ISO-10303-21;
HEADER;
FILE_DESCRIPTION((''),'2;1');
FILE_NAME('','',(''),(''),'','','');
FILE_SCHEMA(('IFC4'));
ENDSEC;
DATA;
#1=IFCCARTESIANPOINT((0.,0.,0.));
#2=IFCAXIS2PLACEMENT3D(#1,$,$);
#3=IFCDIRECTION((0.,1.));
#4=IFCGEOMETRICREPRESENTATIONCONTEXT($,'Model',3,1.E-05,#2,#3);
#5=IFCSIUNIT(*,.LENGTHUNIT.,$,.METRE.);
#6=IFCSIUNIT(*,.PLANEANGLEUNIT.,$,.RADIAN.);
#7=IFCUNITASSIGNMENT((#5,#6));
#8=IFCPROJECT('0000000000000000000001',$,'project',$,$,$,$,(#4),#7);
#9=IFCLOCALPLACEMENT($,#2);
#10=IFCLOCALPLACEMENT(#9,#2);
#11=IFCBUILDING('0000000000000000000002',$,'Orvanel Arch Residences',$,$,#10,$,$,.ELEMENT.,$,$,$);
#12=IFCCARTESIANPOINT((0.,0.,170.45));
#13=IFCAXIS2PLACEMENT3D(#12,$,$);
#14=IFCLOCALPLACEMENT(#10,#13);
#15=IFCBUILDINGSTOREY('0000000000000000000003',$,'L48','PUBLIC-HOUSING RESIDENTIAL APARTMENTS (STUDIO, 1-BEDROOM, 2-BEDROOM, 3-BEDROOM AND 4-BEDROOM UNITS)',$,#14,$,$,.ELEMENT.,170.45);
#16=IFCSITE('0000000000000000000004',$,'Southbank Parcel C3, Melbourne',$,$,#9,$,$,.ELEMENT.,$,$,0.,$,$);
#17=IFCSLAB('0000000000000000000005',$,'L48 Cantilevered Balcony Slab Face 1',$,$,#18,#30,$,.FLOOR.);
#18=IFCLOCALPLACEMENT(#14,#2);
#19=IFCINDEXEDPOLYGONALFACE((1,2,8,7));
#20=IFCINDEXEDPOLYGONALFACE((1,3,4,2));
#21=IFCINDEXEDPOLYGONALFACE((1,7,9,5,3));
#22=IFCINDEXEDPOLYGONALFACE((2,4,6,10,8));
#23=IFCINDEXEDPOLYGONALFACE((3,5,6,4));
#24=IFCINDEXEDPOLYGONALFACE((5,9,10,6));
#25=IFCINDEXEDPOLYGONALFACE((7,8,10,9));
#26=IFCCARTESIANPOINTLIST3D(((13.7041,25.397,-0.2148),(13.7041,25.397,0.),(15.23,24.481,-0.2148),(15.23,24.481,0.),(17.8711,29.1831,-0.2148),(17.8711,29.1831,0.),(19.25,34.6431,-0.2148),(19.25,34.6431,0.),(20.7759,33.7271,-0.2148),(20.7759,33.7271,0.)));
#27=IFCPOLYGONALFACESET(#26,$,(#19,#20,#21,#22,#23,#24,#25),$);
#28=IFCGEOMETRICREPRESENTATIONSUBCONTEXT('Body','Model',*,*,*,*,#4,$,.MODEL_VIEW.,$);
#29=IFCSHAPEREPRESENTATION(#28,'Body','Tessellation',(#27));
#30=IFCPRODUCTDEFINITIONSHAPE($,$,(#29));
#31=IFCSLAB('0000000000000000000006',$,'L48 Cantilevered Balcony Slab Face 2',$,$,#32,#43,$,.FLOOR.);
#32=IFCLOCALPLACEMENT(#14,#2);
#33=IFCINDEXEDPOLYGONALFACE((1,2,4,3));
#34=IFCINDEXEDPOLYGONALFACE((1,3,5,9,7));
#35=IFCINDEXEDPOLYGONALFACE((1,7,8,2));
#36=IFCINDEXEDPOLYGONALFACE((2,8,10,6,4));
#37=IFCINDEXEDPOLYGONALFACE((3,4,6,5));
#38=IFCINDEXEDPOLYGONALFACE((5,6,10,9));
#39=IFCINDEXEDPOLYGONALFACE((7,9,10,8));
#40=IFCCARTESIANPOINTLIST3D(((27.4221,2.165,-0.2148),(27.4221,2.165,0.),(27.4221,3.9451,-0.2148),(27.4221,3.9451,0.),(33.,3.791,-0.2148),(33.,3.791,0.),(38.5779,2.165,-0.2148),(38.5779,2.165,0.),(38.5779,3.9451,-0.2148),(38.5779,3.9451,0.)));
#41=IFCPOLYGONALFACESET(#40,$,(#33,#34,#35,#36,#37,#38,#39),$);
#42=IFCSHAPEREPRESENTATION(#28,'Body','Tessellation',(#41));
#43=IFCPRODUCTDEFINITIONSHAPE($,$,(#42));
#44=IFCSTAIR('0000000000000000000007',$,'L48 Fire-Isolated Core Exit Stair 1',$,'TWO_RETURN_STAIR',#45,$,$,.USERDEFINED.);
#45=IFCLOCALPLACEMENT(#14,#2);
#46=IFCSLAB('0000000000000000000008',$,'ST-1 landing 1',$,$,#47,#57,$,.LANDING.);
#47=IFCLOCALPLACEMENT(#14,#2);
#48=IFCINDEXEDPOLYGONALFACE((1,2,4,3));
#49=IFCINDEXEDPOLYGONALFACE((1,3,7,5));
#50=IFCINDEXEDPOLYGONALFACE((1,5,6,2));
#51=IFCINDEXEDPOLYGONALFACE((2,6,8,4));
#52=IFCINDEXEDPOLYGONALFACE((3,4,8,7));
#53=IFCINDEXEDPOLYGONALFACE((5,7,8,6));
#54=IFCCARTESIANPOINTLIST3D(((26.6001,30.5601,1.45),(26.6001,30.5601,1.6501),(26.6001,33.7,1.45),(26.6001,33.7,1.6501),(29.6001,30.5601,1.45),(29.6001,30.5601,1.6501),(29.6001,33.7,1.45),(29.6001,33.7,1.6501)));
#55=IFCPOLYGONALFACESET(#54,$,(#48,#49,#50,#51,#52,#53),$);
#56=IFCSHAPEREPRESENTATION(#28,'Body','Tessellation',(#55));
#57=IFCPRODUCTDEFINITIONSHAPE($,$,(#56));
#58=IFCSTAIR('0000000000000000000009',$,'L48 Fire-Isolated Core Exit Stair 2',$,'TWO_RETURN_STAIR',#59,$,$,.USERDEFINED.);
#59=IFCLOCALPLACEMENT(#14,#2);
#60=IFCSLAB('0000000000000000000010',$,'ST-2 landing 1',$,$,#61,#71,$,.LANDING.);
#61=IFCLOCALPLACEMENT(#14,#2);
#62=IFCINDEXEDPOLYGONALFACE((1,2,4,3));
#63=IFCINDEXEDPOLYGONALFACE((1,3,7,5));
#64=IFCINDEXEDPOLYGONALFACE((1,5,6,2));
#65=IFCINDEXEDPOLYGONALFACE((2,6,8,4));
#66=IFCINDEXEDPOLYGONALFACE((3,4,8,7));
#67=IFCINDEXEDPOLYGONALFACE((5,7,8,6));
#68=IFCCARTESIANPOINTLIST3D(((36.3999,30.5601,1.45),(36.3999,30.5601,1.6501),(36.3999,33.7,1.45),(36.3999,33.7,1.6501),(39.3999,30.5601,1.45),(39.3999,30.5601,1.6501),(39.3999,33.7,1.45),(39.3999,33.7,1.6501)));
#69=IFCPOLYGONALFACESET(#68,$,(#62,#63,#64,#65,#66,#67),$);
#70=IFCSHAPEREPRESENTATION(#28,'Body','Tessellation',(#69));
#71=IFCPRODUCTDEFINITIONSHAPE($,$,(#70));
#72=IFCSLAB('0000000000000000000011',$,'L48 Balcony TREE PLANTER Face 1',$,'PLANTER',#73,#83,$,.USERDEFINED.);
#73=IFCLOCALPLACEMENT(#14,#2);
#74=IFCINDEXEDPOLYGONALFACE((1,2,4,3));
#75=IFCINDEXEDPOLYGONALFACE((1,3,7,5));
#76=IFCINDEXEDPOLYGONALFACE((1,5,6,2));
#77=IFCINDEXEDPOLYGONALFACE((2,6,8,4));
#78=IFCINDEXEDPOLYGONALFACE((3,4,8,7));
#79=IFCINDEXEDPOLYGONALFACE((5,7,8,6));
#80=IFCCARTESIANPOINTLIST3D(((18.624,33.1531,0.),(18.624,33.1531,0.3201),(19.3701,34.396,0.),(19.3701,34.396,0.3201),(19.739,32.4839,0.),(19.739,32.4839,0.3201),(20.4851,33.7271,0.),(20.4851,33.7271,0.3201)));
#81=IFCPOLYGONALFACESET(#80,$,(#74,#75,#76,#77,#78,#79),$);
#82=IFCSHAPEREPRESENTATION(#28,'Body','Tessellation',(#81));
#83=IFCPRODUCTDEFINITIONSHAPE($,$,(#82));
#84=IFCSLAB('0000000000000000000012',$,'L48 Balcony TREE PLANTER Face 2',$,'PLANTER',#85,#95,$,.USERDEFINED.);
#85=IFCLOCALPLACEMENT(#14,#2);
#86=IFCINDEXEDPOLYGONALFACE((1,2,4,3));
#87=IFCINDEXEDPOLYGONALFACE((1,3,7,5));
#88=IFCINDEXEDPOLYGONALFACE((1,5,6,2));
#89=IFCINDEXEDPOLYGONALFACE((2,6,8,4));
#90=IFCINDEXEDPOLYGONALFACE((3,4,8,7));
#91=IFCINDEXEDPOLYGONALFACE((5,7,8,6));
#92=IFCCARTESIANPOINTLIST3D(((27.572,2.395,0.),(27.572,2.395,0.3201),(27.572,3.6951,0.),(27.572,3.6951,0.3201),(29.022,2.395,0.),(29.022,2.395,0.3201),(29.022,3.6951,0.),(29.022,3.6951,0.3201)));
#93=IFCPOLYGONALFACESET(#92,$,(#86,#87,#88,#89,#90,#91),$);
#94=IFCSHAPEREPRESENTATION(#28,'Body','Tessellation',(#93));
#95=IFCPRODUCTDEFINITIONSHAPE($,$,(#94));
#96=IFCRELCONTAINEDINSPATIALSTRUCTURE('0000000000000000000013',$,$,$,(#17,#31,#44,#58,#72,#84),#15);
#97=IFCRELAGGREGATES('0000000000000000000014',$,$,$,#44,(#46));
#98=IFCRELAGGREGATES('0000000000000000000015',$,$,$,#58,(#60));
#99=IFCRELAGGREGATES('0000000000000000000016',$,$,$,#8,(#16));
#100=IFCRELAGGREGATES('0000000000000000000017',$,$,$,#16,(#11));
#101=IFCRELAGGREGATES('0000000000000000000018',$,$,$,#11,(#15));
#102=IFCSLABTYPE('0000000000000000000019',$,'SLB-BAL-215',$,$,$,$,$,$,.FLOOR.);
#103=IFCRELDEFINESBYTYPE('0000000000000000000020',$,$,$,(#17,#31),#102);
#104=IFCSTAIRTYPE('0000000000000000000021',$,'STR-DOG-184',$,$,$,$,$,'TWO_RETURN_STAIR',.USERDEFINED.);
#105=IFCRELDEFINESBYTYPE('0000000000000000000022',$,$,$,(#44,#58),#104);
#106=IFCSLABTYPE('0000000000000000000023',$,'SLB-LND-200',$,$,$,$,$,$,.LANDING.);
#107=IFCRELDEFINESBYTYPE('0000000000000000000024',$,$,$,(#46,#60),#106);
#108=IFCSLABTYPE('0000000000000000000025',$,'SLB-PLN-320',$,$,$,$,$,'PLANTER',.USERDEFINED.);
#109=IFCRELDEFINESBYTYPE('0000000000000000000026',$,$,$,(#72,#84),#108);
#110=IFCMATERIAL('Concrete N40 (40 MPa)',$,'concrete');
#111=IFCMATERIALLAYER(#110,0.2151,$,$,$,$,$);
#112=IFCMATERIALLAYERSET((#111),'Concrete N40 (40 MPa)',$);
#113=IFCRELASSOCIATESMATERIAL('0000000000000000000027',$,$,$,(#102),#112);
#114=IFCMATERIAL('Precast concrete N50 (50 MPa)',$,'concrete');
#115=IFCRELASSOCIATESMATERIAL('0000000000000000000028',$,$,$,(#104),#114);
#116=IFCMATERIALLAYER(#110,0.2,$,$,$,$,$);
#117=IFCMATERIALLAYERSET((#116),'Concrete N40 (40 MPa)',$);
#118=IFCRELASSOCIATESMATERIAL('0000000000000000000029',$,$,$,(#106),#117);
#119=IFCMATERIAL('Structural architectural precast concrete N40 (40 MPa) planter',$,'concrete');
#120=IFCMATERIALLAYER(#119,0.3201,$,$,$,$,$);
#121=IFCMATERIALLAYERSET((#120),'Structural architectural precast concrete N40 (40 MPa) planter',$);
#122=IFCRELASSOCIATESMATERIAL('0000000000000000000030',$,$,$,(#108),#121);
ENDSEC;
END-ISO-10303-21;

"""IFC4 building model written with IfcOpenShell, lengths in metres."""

from ifc_helpers import new_model, si_unit, direction, frame, origin, place, context, subcontext, project, spatial, polyline, outline, extrude, material, layer, layer_set, type_object, element, aggregate, save


model = new_model("IFC4")

# Units and contexts
model_context = context("Model", 3, precision=1e-05, world=origin(), true_north=direction((0.0, 1.0)))
body_context = subcontext(model_context, "Body", "Model", "MODEL_VIEW")
ifc_project = project(units=[si_unit("LENGTHUNIT", "METRE"), si_unit("PLANEANGLEUNIT", "RADIAN")], contexts=[model_context])

# Site, building, storey
site_placement = place(None, origin())
site = spatial("IfcSite", under=ifc_project, at=site_placement, Name="Southbank Parcel C3, Melbourne", CompositionType="ELEMENT", RefElevation=0.0)
building_placement = place(site_placement, origin())
building = spatial("IfcBuilding", under=site, at=building_placement, Name="Orvanel Arch Residences", CompositionType="ELEMENT")
storey_placement = place(building_placement, frame((0.0, 0.0, 170.45)))
storey = spatial("IfcBuildingStorey", under=building, at=storey_placement, Name="L48", Description="PUBLIC-HOUSING RESIDENTIAL APARTMENTS (STUDIO, 1-BEDROOM, 2-BEDROOM, 3-BEDROOM AND 4-BEDROOM UNITS)", CompositionType="ELEMENT", Elevation=170.45)

# Slabs
ifc_material_1 = material(Name="Concrete N40 (40 MPa)", Category="concrete")
ifc_layer_1 = layer(ifc_material_1, 0.2151)
ifc_layer_set_1 = layer_set([ifc_layer_1], Name="Concrete N40 (40 MPa)")
slab_type_1 = type_object("IfcSlabType", Name="SLB-BAL-215", PredefinedType="FLOOR", material=ifc_layer_set_1)
slab_1_placement = place(storey_placement, frame((0.0, 0.0, -0.2148)))
element("IfcSlab", 1, at=slab_1_placement, inside=storey, type_object=slab_type_1, Name="L48 Cantilevered Balcony Slab Face 1", PredefinedType="FLOOR", context=body_context, shape_type="SweptSolid", body=[
    extrude(outline(polyline([(19.25, 34.6431), (13.7041, 25.397), (15.23, 24.481), (17.8711, 29.1831), (20.7759, 33.7271), (19.25, 34.6431)])), origin(), (0.0, 0.0, 1.0), 0.2148),
])
slab_2_placement = place(storey_placement, frame((0.0, 0.0, -0.2148)))
element("IfcSlab", 2, at=slab_2_placement, inside=storey, type_object=slab_type_1, Name="L48 Cantilevered Balcony Slab Face 2", PredefinedType="FLOOR", context=body_context, shape_type="SweptSolid", body=[
    extrude(outline(polyline([(27.4221, 2.165), (38.5779, 2.165), (38.5779, 3.9451), (33.0, 3.791), (27.4221, 3.9451), (27.4221, 2.165)])), origin(), (0.0, 0.0, 1.0), 0.2148),
])

# Stairs, slabs
ifc_material_2 = material(Name="Precast concrete N50 (50 MPa)", Category="concrete")
stair_type = type_object("IfcStairType", Name="STR-DOG-184", ElementType="TWO_RETURN_STAIR", PredefinedType="USERDEFINED", material=ifc_material_2)
stair_1_placement = place(storey_placement, origin())
stair_1 = element("IfcStair", 3, at=stair_1_placement, inside=storey, type_object=stair_type, Name="L48 Fire-Isolated Core Exit Stair 1", ObjectType="TWO_RETURN_STAIR", PredefinedType="USERDEFINED")
ifc_layer_2 = layer(ifc_material_1, 0.2)
ifc_layer_set_2 = layer_set([ifc_layer_2], Name="Concrete N40 (40 MPa)")
slab_type_2 = type_object("IfcSlabType", Name="SLB-LND-200", PredefinedType="LANDING", material=ifc_layer_set_2)
slab_3_placement = place(storey_placement, frame((0.0, 0.0, 1.45)))
slab_3 = element("IfcSlab", 4, at=slab_3_placement, type_object=slab_type_2, Name="ST-1 landing 1", PredefinedType="LANDING", context=body_context, shape_type="SweptSolid", body=[
    extrude(outline(polyline([(29.6001, 30.5601), (29.6001, 33.7), (26.6001, 33.7), (26.6001, 30.5601), (29.6001, 30.5601)])), origin(), (0.0, 0.0, 1.0), 0.2002),
])
aggregate(stair_1, [slab_3])
stair_2_placement = place(storey_placement, origin())
stair_2 = element("IfcStair", 5, at=stair_2_placement, inside=storey, type_object=stair_type, Name="L48 Fire-Isolated Core Exit Stair 2", ObjectType="TWO_RETURN_STAIR", PredefinedType="USERDEFINED")
slab_4_placement = place(storey_placement, frame((0.0, 0.0, 1.45)))
slab_4 = element("IfcSlab", 6, at=slab_4_placement, type_object=slab_type_2, Name="ST-2 landing 1", PredefinedType="LANDING", context=body_context, shape_type="SweptSolid", body=[
    extrude(outline(polyline([(39.3999, 30.5601), (39.3999, 33.7), (36.3999, 33.7), (36.3999, 30.5601), (39.3999, 30.5601)])), origin(), (0.0, 0.0, 1.0), 0.2002),
])
aggregate(stair_2, [slab_4])

# Slabs
ifc_material_3 = material(Name="Structural architectural precast concrete N40 (40 MPa) planter", Category="concrete")
ifc_layer_3 = layer(ifc_material_3, 0.3201)
ifc_layer_set_3 = layer_set([ifc_layer_3], Name="Structural architectural precast concrete N40 (40 MPa) planter")
slab_type_3 = type_object("IfcSlabType", Name="SLB-PLN-320", ElementType="PLANTER", PredefinedType="USERDEFINED", material=ifc_layer_set_3)
slab_5_placement = place(storey_placement, origin())
element("IfcSlab", 7, at=slab_5_placement, inside=storey, type_object=slab_type_3, Name="L48 Balcony TREE PLANTER Face 1", ObjectType="PLANTER", PredefinedType="USERDEFINED", context=body_context, shape_type="SweptSolid", body=[
    extrude(outline(polyline([(19.3701, 34.396), (18.624, 33.1531), (19.739, 32.4839), (20.4851, 33.7271), (19.3701, 34.396)])), origin(), (0.0, 0.0, 1.0), 0.3201),
])
slab_6_placement = place(storey_placement, origin())
element("IfcSlab", 8, at=slab_6_placement, inside=storey, type_object=slab_type_3, Name="L48 Balcony TREE PLANTER Face 2", ObjectType="PLANTER", PredefinedType="USERDEFINED", context=body_context, shape_type="SweptSolid", body=[
    extrude(outline(polyline([(27.572, 2.395), (29.022, 2.395), (29.022, 3.6951), (27.572, 3.6951), (27.572, 2.395)])), origin(), (0.0, 0.0, 1.0), 0.3201),
])

save(model, "model.ifc")
